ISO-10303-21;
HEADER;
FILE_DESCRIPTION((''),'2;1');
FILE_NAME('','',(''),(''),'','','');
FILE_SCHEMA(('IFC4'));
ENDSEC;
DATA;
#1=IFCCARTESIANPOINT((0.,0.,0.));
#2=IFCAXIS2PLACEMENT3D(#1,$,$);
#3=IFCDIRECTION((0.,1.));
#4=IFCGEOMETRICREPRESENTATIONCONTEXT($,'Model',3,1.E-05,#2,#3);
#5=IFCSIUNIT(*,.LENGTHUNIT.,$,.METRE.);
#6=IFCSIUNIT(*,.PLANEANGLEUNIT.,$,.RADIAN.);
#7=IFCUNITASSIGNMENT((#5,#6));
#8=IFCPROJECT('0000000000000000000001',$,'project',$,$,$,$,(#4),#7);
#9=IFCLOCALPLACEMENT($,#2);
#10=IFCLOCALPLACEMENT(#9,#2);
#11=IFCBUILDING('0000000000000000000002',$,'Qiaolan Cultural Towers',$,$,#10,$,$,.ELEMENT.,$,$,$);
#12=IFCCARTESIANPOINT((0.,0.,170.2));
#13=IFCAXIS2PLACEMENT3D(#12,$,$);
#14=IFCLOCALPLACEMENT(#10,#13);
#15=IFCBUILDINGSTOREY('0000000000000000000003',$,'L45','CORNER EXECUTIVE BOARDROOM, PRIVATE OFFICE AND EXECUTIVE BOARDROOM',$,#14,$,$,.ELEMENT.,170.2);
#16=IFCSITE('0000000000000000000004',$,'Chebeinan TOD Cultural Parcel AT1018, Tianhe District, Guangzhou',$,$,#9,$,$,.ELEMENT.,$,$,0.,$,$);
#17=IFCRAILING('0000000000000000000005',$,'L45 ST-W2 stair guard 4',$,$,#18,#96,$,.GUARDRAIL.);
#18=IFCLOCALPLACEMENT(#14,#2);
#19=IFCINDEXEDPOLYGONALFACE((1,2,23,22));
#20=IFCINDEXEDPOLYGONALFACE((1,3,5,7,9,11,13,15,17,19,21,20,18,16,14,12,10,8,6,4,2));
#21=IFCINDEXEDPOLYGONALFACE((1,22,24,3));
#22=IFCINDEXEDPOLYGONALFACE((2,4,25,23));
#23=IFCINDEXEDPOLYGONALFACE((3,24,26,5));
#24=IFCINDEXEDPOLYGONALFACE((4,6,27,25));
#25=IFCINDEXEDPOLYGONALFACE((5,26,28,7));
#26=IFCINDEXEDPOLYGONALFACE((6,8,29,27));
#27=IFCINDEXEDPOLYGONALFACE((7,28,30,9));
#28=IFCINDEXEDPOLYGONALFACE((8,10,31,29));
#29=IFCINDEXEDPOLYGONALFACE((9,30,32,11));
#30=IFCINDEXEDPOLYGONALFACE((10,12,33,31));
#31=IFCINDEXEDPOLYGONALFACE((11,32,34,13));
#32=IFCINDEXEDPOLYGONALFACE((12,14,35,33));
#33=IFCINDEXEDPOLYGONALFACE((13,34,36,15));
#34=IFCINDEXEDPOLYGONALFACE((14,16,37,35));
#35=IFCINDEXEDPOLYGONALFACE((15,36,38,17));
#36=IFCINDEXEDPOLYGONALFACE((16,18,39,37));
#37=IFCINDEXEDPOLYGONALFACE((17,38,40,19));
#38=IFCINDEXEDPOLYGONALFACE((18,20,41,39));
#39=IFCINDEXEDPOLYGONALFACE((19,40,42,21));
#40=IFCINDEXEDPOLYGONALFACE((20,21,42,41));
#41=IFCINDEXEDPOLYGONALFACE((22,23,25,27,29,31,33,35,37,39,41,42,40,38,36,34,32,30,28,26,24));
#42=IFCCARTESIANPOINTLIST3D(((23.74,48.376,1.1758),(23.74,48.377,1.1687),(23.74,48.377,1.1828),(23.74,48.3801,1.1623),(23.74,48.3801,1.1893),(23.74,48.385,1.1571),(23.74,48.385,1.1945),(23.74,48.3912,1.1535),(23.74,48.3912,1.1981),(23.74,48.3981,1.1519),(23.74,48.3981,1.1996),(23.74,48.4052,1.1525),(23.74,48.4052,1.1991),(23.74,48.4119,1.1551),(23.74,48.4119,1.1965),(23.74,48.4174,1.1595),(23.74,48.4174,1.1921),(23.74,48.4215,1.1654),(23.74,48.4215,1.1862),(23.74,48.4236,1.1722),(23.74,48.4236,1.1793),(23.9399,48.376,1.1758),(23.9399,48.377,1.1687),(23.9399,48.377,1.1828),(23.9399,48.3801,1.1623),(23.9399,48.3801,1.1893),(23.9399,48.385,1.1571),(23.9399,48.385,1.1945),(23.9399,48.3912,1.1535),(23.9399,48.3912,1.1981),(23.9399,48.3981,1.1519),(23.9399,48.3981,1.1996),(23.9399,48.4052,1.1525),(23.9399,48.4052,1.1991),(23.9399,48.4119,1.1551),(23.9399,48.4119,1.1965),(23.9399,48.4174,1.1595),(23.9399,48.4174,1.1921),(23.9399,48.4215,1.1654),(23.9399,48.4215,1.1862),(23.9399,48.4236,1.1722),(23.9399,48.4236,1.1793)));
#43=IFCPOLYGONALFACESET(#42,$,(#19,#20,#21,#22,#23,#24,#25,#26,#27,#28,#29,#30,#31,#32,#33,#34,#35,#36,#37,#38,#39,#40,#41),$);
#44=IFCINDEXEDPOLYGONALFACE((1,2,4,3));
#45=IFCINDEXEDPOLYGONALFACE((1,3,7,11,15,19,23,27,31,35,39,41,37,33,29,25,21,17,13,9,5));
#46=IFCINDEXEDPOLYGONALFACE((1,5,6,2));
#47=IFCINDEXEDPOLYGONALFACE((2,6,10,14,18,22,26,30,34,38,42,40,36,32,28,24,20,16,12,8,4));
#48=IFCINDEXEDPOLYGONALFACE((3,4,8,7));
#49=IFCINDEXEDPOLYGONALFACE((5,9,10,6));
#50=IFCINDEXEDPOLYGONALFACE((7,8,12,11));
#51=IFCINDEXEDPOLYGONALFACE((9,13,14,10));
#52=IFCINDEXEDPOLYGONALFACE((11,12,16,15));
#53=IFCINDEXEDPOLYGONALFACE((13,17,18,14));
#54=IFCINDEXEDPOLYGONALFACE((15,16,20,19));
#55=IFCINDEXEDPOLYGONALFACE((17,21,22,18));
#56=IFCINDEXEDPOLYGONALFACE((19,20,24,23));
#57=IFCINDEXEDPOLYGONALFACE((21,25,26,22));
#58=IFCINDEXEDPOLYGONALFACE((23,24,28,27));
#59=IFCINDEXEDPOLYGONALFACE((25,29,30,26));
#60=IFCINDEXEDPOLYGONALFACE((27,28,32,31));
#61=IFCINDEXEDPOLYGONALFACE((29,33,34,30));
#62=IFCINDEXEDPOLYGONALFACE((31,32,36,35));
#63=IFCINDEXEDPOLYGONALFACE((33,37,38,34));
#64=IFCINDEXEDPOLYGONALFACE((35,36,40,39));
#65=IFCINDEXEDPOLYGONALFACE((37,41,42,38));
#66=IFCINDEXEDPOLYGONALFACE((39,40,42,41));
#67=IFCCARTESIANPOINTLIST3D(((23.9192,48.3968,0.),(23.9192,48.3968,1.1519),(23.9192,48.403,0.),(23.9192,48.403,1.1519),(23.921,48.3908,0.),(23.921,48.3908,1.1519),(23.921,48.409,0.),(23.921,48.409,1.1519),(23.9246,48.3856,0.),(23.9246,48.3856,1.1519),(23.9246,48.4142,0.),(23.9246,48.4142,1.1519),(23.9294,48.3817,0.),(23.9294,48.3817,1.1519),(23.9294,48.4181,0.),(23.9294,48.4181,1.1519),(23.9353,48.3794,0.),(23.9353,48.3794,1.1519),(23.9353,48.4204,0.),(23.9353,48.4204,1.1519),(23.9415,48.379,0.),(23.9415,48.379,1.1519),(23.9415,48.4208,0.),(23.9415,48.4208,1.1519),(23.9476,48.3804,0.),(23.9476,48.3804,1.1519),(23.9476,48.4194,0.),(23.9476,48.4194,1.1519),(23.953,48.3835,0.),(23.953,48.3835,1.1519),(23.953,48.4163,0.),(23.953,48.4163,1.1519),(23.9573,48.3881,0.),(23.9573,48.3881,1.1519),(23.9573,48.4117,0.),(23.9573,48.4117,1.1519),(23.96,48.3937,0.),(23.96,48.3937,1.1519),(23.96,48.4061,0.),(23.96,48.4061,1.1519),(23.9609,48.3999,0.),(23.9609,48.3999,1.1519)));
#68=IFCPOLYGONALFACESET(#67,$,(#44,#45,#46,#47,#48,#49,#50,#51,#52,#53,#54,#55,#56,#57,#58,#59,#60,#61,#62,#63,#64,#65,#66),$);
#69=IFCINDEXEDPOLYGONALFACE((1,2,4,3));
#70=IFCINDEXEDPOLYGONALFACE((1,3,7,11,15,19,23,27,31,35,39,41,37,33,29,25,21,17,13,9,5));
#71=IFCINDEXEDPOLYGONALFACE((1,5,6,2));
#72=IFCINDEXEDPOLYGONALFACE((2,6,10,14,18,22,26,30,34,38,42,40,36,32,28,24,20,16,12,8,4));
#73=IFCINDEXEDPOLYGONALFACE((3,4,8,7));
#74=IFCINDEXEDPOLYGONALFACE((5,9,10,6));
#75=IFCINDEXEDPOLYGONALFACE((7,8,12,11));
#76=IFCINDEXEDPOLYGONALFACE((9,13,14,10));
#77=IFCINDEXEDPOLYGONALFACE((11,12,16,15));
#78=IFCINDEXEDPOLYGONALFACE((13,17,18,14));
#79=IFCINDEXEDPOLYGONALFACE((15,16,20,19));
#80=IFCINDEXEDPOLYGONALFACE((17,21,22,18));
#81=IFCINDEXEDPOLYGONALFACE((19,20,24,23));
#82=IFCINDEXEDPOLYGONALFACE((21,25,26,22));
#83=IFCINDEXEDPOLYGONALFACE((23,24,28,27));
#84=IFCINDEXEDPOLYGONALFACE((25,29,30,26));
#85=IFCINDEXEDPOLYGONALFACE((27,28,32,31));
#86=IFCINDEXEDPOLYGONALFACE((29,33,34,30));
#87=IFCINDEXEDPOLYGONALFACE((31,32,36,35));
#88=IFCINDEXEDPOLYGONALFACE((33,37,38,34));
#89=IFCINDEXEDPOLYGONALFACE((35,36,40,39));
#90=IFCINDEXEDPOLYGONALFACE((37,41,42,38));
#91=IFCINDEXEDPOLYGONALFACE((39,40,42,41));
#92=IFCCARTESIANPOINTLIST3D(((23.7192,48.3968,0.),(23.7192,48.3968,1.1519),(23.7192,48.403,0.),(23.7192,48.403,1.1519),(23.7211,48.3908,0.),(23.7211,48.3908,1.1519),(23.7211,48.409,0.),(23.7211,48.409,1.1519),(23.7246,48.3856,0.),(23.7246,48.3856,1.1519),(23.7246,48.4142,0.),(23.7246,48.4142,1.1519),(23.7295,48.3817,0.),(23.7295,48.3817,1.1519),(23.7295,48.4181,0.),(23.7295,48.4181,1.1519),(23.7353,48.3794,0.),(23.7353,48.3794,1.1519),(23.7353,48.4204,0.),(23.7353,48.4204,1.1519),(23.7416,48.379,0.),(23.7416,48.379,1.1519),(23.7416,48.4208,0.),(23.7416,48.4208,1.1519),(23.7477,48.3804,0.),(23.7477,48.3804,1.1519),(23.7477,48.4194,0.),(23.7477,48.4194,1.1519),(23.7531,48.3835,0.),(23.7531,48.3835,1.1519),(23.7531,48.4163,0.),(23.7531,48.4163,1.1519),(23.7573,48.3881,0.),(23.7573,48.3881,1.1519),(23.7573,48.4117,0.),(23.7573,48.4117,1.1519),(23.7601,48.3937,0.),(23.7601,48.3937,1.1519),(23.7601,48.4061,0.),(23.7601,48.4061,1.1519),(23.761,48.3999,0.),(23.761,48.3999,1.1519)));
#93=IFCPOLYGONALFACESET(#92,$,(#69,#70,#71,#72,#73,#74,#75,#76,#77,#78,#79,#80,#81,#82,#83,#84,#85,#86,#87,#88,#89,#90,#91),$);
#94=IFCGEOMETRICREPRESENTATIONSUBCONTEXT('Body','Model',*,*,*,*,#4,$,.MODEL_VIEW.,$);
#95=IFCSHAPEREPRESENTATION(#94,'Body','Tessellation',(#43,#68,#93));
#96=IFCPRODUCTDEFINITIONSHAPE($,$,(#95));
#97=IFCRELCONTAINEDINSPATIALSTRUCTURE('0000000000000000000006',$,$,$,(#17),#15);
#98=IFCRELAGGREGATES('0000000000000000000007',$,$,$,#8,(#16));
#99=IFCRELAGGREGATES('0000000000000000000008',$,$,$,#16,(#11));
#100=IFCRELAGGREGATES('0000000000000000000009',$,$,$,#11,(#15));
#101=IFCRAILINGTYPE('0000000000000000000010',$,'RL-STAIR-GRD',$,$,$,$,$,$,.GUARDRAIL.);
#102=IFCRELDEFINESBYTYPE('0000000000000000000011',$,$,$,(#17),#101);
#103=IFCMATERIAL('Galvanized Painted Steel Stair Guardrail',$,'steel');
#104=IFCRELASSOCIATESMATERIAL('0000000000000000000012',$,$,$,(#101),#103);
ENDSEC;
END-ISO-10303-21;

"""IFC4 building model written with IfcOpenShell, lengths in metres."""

from ifc_helpers import new_model, si_unit, direction, frame, origin, origin_2d, place, context, subcontext, project, spatial, circle, extrude, material, type_object, element, save


model = new_model("IFC4")

# Units and contexts
model_context = context("Model", 3, precision=1e-05, world=origin(), true_north=direction((0.0, 1.0)))
body_context = subcontext(model_context, "Body", "Model", "MODEL_VIEW")
ifc_project = project(units=[si_unit("LENGTHUNIT", "METRE"), si_unit("PLANEANGLEUNIT", "RADIAN")], contexts=[model_context])

# Site, building, storey
site_placement = place(None, origin())
site = spatial("IfcSite", under=ifc_project, at=site_placement, Name="Chebeinan TOD Cultural Parcel AT1018, Tianhe District, Guangzhou", CompositionType="ELEMENT", RefElevation=0.0)
building_placement = place(site_placement, origin())
building = spatial("IfcBuilding", under=site, at=building_placement, Name="Qiaolan Cultural Towers", CompositionType="ELEMENT")
storey_placement = place(building_placement, frame((0.0, 0.0, 170.2)))
storey = spatial("IfcBuildingStorey", under=building, at=storey_placement, Name="L45", Description="CORNER EXECUTIVE BOARDROOM, PRIVATE OFFICE AND EXECUTIVE BOARDROOM", CompositionType="ELEMENT", Elevation=170.2)

# Railing
ifc_material_1 = material(Name="Galvanized Painted Steel Stair Guardrail", Category="steel")
railing_type_1 = type_object("IfcRailingType", Name="RL-STAIR-GRD", PredefinedType="GUARDRAIL", material=ifc_material_1)
railing_1_placement = place(storey_placement, frame((23.9399, 48.3999, 0.0)))
element("IfcRailing", 1, at=railing_1_placement, inside=storey, type_object=railing_type_1, Name="L45 ST-W2 stair guard 4", PredefinedType="GUARDRAIL", context=body_context, shape_type="SweptSolid", body=[
    extrude(circle(Radius=0.0239, at=origin_2d()), frame((0.0, 0.0, 1.1758), z_axis=(-1.0, 0.0, 0.0), x_axis=(0.0, -1.0, 0.0)), (0.0, 0.0, 1.0), 0.2),
    extrude(circle(Radius=0.021, at=origin_2d()), origin(), (0.0, 0.0, 1.0), 1.1519),
    extrude(circle(Radius=0.021, at=origin_2d()), frame((-0.2, 0.0, 0.0)), (0.0, 0.0, 1.0), 1.1519),
])

save(model, "model.ifc")
